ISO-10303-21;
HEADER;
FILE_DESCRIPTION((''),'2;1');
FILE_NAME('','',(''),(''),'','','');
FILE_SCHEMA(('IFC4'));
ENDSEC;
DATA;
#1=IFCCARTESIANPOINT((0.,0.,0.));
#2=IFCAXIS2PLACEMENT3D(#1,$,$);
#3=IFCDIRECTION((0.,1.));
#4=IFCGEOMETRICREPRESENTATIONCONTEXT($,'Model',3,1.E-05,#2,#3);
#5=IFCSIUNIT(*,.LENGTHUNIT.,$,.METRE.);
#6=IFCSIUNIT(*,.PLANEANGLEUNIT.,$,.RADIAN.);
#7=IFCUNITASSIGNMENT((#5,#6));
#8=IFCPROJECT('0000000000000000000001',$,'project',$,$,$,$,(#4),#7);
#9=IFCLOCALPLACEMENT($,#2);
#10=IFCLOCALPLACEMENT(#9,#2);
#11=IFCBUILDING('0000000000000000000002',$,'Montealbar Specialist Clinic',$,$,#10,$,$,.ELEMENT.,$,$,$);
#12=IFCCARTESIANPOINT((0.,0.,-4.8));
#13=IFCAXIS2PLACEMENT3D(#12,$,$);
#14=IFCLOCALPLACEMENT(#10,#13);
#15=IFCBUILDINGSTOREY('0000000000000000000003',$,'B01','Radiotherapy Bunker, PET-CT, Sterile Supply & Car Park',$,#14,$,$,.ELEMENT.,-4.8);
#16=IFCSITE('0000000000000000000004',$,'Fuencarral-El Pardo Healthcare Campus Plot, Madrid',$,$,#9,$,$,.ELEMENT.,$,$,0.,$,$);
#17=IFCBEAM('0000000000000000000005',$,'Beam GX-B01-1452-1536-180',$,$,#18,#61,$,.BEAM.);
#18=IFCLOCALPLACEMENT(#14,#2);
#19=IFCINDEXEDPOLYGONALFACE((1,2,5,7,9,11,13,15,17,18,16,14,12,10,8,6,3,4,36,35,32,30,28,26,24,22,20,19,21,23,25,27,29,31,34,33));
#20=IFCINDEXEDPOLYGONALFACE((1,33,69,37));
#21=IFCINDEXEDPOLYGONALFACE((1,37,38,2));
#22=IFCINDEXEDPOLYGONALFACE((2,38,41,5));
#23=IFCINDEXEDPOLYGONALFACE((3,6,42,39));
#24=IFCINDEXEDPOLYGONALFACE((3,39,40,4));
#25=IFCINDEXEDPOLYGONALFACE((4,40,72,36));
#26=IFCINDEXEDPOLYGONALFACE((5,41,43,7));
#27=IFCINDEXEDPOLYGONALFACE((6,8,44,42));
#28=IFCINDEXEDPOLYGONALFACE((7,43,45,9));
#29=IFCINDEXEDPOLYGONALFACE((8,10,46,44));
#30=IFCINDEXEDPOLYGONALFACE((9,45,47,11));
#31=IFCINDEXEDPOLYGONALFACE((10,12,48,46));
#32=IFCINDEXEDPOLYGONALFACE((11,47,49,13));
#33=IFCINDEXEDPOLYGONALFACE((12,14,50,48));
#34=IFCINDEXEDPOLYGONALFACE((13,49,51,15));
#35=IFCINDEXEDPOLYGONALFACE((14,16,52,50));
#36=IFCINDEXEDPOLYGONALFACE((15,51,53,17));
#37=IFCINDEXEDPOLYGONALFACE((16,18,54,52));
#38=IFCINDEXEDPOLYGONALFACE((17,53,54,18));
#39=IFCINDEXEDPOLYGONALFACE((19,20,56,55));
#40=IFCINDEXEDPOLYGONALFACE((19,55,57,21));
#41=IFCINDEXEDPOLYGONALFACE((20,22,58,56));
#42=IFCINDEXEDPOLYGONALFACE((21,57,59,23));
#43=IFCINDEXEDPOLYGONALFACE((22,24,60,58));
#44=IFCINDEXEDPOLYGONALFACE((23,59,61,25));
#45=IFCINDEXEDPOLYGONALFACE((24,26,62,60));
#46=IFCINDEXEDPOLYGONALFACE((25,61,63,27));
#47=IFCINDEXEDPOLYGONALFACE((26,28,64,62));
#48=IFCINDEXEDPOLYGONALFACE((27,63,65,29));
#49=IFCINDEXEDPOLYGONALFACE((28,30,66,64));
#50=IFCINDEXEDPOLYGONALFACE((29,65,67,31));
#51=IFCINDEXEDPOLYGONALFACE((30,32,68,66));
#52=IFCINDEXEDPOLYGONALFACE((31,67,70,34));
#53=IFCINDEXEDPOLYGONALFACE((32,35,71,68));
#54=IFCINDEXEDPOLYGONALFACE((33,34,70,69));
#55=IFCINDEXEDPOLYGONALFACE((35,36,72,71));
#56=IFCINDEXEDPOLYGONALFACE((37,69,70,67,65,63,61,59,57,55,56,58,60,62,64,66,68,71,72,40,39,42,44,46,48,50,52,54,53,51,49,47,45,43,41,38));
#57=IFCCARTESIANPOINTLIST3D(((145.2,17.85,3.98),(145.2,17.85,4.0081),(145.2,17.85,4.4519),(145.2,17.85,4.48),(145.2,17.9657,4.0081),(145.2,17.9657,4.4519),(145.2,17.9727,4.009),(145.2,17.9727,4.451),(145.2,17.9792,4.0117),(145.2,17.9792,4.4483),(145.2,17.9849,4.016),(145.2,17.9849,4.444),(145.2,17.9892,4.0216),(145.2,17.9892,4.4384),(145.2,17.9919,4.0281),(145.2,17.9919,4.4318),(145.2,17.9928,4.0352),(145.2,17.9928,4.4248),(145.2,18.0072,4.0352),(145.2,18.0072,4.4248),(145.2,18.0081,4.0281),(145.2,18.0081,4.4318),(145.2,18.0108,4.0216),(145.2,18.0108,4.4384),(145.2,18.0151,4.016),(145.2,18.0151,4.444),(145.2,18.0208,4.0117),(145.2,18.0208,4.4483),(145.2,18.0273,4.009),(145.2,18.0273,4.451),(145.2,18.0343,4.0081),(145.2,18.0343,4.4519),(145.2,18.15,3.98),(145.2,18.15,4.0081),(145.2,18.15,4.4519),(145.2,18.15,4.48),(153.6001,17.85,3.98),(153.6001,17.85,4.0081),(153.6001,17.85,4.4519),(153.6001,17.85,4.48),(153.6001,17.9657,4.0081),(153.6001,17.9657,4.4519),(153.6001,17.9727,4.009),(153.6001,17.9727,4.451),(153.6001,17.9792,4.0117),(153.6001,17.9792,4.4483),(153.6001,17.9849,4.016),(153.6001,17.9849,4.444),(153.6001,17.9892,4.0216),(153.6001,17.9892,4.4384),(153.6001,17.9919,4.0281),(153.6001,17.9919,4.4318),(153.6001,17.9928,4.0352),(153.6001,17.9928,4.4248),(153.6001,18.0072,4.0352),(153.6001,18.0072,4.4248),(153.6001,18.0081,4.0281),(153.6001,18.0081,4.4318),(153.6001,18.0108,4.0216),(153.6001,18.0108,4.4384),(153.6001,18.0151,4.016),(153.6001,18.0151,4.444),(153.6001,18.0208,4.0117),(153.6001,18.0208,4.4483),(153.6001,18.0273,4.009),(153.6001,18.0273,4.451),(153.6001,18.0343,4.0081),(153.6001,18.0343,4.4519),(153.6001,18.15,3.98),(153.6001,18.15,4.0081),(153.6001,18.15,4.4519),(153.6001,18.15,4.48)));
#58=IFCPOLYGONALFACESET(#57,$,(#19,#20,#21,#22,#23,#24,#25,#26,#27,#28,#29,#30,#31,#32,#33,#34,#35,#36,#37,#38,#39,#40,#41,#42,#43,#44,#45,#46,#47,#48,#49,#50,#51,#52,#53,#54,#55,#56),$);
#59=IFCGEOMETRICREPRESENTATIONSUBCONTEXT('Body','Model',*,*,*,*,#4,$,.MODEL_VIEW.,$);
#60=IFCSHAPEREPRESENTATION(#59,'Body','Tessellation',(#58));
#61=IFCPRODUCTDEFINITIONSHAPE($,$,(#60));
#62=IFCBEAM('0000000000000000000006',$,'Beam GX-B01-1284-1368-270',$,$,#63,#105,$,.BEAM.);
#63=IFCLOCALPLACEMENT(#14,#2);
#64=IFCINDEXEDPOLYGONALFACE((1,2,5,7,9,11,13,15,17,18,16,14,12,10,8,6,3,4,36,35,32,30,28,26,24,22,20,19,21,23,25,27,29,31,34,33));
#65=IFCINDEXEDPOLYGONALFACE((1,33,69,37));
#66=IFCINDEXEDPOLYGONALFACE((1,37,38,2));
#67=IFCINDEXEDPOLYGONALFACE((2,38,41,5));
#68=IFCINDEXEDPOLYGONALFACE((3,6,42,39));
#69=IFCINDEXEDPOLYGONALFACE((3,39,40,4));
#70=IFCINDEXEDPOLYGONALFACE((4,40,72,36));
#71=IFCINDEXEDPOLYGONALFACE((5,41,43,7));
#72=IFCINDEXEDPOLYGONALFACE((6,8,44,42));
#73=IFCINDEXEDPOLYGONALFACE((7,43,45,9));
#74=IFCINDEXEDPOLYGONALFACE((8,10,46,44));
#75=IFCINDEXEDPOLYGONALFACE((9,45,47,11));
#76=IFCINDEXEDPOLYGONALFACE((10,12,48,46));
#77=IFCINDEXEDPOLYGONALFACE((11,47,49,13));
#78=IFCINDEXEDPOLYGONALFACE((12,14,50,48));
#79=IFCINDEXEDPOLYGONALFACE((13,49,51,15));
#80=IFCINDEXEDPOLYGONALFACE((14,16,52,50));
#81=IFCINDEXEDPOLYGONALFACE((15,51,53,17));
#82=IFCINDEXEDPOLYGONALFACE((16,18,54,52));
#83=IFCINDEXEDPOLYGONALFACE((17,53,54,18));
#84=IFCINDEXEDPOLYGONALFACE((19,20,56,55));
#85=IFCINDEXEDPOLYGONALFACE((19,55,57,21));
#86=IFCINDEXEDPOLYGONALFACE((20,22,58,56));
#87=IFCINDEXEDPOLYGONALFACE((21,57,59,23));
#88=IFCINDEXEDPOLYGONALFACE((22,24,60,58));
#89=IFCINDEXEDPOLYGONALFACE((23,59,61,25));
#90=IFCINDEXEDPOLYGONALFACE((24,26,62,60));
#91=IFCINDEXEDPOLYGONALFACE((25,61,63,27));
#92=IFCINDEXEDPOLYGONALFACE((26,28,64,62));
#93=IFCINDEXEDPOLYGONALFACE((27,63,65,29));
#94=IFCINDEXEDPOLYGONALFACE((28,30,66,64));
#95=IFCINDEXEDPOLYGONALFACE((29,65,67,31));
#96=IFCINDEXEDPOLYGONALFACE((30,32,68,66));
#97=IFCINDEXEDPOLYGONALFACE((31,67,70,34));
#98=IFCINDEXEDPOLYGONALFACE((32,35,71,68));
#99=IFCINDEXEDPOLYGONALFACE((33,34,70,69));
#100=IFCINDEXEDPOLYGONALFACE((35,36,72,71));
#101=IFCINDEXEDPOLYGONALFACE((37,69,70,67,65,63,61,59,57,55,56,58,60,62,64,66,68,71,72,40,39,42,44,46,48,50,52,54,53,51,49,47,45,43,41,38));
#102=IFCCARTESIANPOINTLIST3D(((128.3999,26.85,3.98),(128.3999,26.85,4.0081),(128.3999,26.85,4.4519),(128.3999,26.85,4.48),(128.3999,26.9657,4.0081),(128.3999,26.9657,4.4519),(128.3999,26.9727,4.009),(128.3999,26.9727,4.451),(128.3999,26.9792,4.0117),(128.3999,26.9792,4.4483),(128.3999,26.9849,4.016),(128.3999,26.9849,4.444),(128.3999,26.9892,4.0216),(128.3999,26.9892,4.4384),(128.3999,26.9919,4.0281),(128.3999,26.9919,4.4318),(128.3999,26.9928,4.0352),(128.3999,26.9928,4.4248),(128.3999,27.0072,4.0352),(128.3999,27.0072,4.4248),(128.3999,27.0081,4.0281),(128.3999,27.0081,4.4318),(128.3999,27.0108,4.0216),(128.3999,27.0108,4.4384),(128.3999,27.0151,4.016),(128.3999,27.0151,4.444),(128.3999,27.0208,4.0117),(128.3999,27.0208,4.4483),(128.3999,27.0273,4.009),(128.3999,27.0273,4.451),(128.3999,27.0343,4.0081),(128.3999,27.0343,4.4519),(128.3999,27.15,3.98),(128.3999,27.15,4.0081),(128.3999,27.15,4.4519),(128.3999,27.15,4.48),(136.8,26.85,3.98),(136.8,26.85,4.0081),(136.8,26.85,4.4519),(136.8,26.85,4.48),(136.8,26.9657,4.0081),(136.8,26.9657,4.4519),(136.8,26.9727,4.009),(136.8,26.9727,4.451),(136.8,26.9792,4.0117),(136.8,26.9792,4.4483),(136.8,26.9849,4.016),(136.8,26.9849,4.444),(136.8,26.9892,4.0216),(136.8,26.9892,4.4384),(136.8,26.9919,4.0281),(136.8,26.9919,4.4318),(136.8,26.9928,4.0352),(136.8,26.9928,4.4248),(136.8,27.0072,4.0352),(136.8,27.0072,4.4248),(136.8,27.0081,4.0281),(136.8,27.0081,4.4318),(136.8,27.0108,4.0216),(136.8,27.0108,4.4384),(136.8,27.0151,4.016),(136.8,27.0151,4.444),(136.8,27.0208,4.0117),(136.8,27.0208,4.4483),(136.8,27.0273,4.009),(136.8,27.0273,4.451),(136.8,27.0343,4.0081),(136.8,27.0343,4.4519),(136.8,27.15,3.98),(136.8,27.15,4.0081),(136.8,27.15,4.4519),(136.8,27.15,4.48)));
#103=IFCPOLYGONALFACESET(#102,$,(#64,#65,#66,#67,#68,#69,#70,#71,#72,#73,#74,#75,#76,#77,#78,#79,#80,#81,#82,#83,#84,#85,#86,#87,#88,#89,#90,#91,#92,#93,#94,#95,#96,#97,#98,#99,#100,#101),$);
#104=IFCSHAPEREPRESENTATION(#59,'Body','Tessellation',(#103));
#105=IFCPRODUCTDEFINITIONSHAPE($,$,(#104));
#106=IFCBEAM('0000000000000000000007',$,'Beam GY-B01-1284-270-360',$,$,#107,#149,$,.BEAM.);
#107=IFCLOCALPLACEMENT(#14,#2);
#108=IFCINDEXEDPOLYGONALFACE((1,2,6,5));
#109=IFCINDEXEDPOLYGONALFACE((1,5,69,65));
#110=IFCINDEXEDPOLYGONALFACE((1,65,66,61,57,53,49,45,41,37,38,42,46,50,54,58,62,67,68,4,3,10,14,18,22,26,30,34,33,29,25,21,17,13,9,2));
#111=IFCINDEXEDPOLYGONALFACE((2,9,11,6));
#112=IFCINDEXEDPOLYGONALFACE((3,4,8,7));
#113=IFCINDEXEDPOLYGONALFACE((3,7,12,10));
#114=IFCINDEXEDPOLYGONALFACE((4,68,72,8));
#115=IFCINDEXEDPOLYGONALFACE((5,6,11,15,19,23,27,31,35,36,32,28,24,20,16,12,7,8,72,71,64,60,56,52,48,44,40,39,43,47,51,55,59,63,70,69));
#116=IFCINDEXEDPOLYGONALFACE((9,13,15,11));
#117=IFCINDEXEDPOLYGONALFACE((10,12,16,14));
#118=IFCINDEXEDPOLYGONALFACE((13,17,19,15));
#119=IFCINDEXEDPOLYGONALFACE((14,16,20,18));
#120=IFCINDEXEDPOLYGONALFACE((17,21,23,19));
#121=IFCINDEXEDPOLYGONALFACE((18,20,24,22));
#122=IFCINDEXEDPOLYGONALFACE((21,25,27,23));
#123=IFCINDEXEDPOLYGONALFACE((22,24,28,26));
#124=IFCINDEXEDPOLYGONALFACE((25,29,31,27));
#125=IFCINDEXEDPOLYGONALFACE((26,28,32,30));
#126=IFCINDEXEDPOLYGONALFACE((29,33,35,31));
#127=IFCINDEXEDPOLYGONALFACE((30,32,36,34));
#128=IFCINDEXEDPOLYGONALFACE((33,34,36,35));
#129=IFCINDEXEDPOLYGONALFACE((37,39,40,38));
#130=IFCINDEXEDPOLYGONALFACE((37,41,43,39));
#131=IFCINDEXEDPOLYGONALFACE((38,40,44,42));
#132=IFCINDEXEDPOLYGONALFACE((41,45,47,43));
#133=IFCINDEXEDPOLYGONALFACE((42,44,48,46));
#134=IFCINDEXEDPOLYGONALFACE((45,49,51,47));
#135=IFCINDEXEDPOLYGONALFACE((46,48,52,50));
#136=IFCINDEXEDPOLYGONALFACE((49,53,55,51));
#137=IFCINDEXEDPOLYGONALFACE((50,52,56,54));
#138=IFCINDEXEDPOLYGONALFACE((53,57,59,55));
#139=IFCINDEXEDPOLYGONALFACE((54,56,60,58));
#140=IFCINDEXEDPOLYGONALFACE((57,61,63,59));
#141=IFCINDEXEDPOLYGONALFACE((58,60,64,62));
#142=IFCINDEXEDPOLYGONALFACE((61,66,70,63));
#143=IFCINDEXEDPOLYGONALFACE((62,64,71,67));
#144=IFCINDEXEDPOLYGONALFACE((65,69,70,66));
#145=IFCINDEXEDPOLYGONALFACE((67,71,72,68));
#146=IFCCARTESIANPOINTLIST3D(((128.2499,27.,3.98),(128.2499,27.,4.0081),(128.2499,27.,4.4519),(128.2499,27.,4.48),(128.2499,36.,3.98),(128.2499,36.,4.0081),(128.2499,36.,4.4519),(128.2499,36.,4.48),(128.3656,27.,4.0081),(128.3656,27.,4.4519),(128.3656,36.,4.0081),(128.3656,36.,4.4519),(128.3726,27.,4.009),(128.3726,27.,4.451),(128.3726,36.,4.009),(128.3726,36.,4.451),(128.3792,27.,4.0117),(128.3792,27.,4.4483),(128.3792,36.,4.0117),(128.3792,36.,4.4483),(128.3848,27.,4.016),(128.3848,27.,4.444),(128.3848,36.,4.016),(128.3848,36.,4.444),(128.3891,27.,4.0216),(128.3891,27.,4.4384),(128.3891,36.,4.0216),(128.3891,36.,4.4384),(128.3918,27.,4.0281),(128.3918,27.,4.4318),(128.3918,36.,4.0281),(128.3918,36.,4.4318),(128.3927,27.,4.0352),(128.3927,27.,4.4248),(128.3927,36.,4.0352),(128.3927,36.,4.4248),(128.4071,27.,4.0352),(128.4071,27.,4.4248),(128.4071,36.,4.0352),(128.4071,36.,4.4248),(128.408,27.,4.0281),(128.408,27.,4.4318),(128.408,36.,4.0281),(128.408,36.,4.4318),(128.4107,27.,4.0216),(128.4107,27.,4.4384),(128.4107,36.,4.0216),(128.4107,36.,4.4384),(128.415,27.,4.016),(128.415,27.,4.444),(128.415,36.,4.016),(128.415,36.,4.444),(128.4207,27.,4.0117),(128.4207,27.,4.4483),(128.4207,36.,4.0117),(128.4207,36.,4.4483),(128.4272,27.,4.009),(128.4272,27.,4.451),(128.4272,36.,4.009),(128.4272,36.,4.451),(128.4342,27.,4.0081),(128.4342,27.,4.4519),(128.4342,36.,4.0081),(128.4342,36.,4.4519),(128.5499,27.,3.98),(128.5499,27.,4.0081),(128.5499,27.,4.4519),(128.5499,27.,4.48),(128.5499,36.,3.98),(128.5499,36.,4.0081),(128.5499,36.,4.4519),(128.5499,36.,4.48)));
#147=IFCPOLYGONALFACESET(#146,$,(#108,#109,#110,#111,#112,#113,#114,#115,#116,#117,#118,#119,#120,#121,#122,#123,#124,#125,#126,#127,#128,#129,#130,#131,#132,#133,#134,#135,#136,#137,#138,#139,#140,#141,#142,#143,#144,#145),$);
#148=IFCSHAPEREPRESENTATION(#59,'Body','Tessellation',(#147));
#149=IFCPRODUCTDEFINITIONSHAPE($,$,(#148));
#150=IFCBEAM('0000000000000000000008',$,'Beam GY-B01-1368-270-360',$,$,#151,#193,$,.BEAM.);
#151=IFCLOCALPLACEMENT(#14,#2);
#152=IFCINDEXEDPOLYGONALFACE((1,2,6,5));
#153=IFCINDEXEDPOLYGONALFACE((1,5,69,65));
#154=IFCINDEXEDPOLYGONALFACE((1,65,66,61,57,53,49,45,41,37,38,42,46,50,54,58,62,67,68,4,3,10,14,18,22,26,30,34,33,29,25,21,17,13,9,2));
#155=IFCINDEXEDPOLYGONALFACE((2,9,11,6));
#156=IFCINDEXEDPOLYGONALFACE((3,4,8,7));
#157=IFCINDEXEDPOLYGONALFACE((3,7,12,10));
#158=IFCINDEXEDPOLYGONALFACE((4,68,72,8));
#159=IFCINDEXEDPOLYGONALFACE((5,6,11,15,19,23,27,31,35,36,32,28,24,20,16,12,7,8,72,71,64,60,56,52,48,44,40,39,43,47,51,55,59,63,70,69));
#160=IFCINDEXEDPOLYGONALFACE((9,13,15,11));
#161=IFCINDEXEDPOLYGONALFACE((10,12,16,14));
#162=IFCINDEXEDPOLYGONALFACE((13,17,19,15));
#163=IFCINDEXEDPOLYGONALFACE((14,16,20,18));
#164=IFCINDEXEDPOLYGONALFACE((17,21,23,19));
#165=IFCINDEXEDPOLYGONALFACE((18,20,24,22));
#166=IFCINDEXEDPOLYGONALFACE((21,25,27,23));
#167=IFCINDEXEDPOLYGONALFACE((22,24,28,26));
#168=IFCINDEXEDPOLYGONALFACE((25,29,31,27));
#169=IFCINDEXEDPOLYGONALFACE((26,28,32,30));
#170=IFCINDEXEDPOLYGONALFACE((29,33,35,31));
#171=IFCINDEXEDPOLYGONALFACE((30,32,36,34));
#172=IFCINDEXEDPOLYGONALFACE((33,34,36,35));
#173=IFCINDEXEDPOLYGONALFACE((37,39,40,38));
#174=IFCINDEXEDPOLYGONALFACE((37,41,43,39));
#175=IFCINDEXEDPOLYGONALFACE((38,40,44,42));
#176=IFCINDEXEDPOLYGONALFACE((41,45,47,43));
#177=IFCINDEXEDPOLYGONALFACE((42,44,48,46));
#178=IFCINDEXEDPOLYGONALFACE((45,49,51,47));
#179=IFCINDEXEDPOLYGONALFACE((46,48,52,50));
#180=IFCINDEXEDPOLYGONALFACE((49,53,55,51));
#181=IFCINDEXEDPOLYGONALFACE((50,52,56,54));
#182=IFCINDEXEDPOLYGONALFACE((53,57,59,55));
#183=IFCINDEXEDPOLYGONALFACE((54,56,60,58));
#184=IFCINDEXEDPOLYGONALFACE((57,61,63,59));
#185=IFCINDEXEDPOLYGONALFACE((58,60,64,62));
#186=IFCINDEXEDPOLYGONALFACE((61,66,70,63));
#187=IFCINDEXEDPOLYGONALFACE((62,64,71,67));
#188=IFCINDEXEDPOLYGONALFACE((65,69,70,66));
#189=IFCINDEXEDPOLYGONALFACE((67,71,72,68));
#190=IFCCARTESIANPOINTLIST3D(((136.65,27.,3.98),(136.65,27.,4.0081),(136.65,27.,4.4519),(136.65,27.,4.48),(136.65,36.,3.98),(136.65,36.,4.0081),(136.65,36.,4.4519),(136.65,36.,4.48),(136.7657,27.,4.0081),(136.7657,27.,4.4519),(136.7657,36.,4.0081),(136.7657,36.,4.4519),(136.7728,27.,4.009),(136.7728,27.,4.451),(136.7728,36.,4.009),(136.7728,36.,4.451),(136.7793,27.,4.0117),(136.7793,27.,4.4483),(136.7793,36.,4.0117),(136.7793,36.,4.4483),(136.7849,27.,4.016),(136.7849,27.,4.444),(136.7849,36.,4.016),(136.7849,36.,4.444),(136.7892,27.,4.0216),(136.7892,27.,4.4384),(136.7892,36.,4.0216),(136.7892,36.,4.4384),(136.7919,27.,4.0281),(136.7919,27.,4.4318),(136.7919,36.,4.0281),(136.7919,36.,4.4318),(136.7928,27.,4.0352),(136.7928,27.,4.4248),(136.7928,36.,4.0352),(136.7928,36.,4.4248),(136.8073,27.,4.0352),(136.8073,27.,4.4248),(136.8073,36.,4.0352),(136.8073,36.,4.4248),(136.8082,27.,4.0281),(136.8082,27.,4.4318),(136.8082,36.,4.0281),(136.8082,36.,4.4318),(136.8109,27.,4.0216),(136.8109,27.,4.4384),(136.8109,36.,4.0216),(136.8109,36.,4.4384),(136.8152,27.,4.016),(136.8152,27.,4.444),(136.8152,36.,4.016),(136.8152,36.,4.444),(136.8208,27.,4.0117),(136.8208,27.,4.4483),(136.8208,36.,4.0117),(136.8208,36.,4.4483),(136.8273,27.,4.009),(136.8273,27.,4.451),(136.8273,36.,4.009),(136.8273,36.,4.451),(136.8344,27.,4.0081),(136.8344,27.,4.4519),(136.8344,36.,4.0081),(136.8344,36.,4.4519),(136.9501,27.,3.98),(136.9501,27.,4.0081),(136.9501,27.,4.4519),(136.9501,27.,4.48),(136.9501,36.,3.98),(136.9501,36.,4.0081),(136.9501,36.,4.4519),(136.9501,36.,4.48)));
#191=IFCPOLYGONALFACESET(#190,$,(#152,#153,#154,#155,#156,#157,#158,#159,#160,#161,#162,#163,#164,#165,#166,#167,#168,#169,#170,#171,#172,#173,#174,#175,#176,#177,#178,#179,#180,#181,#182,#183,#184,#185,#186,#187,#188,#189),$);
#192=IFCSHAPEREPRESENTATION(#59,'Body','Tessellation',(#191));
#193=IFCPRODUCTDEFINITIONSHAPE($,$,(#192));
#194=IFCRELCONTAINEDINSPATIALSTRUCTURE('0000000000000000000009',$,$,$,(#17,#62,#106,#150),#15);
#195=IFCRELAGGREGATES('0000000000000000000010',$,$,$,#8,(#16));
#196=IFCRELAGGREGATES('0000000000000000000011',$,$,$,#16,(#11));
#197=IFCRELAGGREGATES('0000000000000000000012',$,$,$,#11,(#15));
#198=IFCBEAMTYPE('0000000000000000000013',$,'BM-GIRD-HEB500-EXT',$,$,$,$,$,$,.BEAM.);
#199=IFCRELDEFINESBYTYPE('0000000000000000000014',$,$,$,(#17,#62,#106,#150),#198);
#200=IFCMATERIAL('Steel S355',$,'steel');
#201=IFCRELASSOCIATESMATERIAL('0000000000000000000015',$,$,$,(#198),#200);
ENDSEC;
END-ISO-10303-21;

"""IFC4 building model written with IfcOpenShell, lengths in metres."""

from ifc_helpers import new_model, si_unit, direction, frame, origin, origin_2d, place, context, subcontext, project, spatial, i_section, extrude, material, material_profile, profile_set, type_object, element, save


model = new_model("IFC4")

# Units and contexts
model_context = context("Model", 3, precision=1e-05, world=origin(), true_north=direction((0.0, 1.0)))
body_context = subcontext(model_context, "Body", "Model", "MODEL_VIEW")
ifc_project = project(units=[si_unit("LENGTHUNIT", "METRE"), si_unit("PLANEANGLEUNIT", "RADIAN")], contexts=[model_context])

# Site, building, storey
site_placement = place(None, origin())
site = spatial("IfcSite", under=ifc_project, at=site_placement, Name="Fuencarral-El Pardo Healthcare Campus Plot, Madrid", CompositionType="ELEMENT", RefElevation=0.0)
building_placement = place(site_placement, origin())
building = spatial("IfcBuilding", under=site, at=building_placement, Name="Montealbar Specialist Clinic", CompositionType="ELEMENT")
storey_placement = place(building_placement, frame((0.0, 0.0, -4.8)))
storey = spatial("IfcBuildingStorey", under=building, at=storey_placement, Name="B01", Description="Radiotherapy Bunker, PET-CT, Sterile Supply & Car Park", CompositionType="ELEMENT", Elevation=-4.8)

# Shared definitions
ifc_material_1 = material(Name="Steel S355", Category="steel")

# Beams
ifc_material_profile_1 = material_profile(ifc_material_1, i_section(OverallWidth=0.3, OverallDepth=0.5, WebThickness=0.0144, FlangeThickness=0.0281, FilletRadius=0.0271, at=origin_2d()), Name="HEB 500", Category="steel")
ifc_profile_set_1 = profile_set([ifc_material_profile_1], Name="Steel S355")
beam_type_1 = type_object("IfcBeamType", Name="BM-GIRD-HEB500-EXT", PredefinedType="BEAM", material=ifc_profile_set_1)
for number, where, z_axis, x_axis, name in (
    (1, (145.2, 18.0, 4.23), (1.0, 0.0, 0.0), (0.0, 1.0, 0.0), "Beam GX-B01-1452-1536-180"),
    (2, (128.3999, 27.0, 4.23), (1.0, 0.0, 0.0), (0.0, 1.0, 0.0), "Beam GX-B01-1284-1368-270"),
):
    element("IfcBeam", number, at=place(storey_placement, frame(where, z_axis=z_axis, x_axis=x_axis)), inside=storey, type_object=beam_type_1, Name=name, PredefinedType="BEAM", context=body_context, shape_type="SweptSolid", body=[
        extrude(i_section(OverallWidth=0.3, OverallDepth=0.5, WebThickness=0.0144, FlangeThickness=0.0281, FilletRadius=0.0271, at=origin_2d()), origin(), (0.0, 0.0, 1.0), 8.4001),
    ])
for number, where, z_axis, x_axis, name in (
    (3, (128.3999, 27.0, 4.23), (0.0, 1.0, 0.0), (-1.0, 0.0, 0.0), "Beam GY-B01-1284-270-360"),
    (4, (136.8, 27.0, 4.23), (0.0, 1.0, 0.0), (-1.0, 0.0, 0.0), "Beam GY-B01-1368-270-360"),
):
    element("IfcBeam", number, at=place(storey_placement, frame(where, z_axis=z_axis, x_axis=x_axis)), inside=storey, type_object=beam_type_1, Name=name, PredefinedType="BEAM", context=body_context, shape_type="SweptSolid", body=[
        extrude(i_section(OverallWidth=0.3, OverallDepth=0.5, WebThickness=0.0144, FlangeThickness=0.0281, FilletRadius=0.0271, at=origin_2d()), origin(), (0.0, 0.0, 1.0), 9.0),
    ])

save(model, "model.ifc")
